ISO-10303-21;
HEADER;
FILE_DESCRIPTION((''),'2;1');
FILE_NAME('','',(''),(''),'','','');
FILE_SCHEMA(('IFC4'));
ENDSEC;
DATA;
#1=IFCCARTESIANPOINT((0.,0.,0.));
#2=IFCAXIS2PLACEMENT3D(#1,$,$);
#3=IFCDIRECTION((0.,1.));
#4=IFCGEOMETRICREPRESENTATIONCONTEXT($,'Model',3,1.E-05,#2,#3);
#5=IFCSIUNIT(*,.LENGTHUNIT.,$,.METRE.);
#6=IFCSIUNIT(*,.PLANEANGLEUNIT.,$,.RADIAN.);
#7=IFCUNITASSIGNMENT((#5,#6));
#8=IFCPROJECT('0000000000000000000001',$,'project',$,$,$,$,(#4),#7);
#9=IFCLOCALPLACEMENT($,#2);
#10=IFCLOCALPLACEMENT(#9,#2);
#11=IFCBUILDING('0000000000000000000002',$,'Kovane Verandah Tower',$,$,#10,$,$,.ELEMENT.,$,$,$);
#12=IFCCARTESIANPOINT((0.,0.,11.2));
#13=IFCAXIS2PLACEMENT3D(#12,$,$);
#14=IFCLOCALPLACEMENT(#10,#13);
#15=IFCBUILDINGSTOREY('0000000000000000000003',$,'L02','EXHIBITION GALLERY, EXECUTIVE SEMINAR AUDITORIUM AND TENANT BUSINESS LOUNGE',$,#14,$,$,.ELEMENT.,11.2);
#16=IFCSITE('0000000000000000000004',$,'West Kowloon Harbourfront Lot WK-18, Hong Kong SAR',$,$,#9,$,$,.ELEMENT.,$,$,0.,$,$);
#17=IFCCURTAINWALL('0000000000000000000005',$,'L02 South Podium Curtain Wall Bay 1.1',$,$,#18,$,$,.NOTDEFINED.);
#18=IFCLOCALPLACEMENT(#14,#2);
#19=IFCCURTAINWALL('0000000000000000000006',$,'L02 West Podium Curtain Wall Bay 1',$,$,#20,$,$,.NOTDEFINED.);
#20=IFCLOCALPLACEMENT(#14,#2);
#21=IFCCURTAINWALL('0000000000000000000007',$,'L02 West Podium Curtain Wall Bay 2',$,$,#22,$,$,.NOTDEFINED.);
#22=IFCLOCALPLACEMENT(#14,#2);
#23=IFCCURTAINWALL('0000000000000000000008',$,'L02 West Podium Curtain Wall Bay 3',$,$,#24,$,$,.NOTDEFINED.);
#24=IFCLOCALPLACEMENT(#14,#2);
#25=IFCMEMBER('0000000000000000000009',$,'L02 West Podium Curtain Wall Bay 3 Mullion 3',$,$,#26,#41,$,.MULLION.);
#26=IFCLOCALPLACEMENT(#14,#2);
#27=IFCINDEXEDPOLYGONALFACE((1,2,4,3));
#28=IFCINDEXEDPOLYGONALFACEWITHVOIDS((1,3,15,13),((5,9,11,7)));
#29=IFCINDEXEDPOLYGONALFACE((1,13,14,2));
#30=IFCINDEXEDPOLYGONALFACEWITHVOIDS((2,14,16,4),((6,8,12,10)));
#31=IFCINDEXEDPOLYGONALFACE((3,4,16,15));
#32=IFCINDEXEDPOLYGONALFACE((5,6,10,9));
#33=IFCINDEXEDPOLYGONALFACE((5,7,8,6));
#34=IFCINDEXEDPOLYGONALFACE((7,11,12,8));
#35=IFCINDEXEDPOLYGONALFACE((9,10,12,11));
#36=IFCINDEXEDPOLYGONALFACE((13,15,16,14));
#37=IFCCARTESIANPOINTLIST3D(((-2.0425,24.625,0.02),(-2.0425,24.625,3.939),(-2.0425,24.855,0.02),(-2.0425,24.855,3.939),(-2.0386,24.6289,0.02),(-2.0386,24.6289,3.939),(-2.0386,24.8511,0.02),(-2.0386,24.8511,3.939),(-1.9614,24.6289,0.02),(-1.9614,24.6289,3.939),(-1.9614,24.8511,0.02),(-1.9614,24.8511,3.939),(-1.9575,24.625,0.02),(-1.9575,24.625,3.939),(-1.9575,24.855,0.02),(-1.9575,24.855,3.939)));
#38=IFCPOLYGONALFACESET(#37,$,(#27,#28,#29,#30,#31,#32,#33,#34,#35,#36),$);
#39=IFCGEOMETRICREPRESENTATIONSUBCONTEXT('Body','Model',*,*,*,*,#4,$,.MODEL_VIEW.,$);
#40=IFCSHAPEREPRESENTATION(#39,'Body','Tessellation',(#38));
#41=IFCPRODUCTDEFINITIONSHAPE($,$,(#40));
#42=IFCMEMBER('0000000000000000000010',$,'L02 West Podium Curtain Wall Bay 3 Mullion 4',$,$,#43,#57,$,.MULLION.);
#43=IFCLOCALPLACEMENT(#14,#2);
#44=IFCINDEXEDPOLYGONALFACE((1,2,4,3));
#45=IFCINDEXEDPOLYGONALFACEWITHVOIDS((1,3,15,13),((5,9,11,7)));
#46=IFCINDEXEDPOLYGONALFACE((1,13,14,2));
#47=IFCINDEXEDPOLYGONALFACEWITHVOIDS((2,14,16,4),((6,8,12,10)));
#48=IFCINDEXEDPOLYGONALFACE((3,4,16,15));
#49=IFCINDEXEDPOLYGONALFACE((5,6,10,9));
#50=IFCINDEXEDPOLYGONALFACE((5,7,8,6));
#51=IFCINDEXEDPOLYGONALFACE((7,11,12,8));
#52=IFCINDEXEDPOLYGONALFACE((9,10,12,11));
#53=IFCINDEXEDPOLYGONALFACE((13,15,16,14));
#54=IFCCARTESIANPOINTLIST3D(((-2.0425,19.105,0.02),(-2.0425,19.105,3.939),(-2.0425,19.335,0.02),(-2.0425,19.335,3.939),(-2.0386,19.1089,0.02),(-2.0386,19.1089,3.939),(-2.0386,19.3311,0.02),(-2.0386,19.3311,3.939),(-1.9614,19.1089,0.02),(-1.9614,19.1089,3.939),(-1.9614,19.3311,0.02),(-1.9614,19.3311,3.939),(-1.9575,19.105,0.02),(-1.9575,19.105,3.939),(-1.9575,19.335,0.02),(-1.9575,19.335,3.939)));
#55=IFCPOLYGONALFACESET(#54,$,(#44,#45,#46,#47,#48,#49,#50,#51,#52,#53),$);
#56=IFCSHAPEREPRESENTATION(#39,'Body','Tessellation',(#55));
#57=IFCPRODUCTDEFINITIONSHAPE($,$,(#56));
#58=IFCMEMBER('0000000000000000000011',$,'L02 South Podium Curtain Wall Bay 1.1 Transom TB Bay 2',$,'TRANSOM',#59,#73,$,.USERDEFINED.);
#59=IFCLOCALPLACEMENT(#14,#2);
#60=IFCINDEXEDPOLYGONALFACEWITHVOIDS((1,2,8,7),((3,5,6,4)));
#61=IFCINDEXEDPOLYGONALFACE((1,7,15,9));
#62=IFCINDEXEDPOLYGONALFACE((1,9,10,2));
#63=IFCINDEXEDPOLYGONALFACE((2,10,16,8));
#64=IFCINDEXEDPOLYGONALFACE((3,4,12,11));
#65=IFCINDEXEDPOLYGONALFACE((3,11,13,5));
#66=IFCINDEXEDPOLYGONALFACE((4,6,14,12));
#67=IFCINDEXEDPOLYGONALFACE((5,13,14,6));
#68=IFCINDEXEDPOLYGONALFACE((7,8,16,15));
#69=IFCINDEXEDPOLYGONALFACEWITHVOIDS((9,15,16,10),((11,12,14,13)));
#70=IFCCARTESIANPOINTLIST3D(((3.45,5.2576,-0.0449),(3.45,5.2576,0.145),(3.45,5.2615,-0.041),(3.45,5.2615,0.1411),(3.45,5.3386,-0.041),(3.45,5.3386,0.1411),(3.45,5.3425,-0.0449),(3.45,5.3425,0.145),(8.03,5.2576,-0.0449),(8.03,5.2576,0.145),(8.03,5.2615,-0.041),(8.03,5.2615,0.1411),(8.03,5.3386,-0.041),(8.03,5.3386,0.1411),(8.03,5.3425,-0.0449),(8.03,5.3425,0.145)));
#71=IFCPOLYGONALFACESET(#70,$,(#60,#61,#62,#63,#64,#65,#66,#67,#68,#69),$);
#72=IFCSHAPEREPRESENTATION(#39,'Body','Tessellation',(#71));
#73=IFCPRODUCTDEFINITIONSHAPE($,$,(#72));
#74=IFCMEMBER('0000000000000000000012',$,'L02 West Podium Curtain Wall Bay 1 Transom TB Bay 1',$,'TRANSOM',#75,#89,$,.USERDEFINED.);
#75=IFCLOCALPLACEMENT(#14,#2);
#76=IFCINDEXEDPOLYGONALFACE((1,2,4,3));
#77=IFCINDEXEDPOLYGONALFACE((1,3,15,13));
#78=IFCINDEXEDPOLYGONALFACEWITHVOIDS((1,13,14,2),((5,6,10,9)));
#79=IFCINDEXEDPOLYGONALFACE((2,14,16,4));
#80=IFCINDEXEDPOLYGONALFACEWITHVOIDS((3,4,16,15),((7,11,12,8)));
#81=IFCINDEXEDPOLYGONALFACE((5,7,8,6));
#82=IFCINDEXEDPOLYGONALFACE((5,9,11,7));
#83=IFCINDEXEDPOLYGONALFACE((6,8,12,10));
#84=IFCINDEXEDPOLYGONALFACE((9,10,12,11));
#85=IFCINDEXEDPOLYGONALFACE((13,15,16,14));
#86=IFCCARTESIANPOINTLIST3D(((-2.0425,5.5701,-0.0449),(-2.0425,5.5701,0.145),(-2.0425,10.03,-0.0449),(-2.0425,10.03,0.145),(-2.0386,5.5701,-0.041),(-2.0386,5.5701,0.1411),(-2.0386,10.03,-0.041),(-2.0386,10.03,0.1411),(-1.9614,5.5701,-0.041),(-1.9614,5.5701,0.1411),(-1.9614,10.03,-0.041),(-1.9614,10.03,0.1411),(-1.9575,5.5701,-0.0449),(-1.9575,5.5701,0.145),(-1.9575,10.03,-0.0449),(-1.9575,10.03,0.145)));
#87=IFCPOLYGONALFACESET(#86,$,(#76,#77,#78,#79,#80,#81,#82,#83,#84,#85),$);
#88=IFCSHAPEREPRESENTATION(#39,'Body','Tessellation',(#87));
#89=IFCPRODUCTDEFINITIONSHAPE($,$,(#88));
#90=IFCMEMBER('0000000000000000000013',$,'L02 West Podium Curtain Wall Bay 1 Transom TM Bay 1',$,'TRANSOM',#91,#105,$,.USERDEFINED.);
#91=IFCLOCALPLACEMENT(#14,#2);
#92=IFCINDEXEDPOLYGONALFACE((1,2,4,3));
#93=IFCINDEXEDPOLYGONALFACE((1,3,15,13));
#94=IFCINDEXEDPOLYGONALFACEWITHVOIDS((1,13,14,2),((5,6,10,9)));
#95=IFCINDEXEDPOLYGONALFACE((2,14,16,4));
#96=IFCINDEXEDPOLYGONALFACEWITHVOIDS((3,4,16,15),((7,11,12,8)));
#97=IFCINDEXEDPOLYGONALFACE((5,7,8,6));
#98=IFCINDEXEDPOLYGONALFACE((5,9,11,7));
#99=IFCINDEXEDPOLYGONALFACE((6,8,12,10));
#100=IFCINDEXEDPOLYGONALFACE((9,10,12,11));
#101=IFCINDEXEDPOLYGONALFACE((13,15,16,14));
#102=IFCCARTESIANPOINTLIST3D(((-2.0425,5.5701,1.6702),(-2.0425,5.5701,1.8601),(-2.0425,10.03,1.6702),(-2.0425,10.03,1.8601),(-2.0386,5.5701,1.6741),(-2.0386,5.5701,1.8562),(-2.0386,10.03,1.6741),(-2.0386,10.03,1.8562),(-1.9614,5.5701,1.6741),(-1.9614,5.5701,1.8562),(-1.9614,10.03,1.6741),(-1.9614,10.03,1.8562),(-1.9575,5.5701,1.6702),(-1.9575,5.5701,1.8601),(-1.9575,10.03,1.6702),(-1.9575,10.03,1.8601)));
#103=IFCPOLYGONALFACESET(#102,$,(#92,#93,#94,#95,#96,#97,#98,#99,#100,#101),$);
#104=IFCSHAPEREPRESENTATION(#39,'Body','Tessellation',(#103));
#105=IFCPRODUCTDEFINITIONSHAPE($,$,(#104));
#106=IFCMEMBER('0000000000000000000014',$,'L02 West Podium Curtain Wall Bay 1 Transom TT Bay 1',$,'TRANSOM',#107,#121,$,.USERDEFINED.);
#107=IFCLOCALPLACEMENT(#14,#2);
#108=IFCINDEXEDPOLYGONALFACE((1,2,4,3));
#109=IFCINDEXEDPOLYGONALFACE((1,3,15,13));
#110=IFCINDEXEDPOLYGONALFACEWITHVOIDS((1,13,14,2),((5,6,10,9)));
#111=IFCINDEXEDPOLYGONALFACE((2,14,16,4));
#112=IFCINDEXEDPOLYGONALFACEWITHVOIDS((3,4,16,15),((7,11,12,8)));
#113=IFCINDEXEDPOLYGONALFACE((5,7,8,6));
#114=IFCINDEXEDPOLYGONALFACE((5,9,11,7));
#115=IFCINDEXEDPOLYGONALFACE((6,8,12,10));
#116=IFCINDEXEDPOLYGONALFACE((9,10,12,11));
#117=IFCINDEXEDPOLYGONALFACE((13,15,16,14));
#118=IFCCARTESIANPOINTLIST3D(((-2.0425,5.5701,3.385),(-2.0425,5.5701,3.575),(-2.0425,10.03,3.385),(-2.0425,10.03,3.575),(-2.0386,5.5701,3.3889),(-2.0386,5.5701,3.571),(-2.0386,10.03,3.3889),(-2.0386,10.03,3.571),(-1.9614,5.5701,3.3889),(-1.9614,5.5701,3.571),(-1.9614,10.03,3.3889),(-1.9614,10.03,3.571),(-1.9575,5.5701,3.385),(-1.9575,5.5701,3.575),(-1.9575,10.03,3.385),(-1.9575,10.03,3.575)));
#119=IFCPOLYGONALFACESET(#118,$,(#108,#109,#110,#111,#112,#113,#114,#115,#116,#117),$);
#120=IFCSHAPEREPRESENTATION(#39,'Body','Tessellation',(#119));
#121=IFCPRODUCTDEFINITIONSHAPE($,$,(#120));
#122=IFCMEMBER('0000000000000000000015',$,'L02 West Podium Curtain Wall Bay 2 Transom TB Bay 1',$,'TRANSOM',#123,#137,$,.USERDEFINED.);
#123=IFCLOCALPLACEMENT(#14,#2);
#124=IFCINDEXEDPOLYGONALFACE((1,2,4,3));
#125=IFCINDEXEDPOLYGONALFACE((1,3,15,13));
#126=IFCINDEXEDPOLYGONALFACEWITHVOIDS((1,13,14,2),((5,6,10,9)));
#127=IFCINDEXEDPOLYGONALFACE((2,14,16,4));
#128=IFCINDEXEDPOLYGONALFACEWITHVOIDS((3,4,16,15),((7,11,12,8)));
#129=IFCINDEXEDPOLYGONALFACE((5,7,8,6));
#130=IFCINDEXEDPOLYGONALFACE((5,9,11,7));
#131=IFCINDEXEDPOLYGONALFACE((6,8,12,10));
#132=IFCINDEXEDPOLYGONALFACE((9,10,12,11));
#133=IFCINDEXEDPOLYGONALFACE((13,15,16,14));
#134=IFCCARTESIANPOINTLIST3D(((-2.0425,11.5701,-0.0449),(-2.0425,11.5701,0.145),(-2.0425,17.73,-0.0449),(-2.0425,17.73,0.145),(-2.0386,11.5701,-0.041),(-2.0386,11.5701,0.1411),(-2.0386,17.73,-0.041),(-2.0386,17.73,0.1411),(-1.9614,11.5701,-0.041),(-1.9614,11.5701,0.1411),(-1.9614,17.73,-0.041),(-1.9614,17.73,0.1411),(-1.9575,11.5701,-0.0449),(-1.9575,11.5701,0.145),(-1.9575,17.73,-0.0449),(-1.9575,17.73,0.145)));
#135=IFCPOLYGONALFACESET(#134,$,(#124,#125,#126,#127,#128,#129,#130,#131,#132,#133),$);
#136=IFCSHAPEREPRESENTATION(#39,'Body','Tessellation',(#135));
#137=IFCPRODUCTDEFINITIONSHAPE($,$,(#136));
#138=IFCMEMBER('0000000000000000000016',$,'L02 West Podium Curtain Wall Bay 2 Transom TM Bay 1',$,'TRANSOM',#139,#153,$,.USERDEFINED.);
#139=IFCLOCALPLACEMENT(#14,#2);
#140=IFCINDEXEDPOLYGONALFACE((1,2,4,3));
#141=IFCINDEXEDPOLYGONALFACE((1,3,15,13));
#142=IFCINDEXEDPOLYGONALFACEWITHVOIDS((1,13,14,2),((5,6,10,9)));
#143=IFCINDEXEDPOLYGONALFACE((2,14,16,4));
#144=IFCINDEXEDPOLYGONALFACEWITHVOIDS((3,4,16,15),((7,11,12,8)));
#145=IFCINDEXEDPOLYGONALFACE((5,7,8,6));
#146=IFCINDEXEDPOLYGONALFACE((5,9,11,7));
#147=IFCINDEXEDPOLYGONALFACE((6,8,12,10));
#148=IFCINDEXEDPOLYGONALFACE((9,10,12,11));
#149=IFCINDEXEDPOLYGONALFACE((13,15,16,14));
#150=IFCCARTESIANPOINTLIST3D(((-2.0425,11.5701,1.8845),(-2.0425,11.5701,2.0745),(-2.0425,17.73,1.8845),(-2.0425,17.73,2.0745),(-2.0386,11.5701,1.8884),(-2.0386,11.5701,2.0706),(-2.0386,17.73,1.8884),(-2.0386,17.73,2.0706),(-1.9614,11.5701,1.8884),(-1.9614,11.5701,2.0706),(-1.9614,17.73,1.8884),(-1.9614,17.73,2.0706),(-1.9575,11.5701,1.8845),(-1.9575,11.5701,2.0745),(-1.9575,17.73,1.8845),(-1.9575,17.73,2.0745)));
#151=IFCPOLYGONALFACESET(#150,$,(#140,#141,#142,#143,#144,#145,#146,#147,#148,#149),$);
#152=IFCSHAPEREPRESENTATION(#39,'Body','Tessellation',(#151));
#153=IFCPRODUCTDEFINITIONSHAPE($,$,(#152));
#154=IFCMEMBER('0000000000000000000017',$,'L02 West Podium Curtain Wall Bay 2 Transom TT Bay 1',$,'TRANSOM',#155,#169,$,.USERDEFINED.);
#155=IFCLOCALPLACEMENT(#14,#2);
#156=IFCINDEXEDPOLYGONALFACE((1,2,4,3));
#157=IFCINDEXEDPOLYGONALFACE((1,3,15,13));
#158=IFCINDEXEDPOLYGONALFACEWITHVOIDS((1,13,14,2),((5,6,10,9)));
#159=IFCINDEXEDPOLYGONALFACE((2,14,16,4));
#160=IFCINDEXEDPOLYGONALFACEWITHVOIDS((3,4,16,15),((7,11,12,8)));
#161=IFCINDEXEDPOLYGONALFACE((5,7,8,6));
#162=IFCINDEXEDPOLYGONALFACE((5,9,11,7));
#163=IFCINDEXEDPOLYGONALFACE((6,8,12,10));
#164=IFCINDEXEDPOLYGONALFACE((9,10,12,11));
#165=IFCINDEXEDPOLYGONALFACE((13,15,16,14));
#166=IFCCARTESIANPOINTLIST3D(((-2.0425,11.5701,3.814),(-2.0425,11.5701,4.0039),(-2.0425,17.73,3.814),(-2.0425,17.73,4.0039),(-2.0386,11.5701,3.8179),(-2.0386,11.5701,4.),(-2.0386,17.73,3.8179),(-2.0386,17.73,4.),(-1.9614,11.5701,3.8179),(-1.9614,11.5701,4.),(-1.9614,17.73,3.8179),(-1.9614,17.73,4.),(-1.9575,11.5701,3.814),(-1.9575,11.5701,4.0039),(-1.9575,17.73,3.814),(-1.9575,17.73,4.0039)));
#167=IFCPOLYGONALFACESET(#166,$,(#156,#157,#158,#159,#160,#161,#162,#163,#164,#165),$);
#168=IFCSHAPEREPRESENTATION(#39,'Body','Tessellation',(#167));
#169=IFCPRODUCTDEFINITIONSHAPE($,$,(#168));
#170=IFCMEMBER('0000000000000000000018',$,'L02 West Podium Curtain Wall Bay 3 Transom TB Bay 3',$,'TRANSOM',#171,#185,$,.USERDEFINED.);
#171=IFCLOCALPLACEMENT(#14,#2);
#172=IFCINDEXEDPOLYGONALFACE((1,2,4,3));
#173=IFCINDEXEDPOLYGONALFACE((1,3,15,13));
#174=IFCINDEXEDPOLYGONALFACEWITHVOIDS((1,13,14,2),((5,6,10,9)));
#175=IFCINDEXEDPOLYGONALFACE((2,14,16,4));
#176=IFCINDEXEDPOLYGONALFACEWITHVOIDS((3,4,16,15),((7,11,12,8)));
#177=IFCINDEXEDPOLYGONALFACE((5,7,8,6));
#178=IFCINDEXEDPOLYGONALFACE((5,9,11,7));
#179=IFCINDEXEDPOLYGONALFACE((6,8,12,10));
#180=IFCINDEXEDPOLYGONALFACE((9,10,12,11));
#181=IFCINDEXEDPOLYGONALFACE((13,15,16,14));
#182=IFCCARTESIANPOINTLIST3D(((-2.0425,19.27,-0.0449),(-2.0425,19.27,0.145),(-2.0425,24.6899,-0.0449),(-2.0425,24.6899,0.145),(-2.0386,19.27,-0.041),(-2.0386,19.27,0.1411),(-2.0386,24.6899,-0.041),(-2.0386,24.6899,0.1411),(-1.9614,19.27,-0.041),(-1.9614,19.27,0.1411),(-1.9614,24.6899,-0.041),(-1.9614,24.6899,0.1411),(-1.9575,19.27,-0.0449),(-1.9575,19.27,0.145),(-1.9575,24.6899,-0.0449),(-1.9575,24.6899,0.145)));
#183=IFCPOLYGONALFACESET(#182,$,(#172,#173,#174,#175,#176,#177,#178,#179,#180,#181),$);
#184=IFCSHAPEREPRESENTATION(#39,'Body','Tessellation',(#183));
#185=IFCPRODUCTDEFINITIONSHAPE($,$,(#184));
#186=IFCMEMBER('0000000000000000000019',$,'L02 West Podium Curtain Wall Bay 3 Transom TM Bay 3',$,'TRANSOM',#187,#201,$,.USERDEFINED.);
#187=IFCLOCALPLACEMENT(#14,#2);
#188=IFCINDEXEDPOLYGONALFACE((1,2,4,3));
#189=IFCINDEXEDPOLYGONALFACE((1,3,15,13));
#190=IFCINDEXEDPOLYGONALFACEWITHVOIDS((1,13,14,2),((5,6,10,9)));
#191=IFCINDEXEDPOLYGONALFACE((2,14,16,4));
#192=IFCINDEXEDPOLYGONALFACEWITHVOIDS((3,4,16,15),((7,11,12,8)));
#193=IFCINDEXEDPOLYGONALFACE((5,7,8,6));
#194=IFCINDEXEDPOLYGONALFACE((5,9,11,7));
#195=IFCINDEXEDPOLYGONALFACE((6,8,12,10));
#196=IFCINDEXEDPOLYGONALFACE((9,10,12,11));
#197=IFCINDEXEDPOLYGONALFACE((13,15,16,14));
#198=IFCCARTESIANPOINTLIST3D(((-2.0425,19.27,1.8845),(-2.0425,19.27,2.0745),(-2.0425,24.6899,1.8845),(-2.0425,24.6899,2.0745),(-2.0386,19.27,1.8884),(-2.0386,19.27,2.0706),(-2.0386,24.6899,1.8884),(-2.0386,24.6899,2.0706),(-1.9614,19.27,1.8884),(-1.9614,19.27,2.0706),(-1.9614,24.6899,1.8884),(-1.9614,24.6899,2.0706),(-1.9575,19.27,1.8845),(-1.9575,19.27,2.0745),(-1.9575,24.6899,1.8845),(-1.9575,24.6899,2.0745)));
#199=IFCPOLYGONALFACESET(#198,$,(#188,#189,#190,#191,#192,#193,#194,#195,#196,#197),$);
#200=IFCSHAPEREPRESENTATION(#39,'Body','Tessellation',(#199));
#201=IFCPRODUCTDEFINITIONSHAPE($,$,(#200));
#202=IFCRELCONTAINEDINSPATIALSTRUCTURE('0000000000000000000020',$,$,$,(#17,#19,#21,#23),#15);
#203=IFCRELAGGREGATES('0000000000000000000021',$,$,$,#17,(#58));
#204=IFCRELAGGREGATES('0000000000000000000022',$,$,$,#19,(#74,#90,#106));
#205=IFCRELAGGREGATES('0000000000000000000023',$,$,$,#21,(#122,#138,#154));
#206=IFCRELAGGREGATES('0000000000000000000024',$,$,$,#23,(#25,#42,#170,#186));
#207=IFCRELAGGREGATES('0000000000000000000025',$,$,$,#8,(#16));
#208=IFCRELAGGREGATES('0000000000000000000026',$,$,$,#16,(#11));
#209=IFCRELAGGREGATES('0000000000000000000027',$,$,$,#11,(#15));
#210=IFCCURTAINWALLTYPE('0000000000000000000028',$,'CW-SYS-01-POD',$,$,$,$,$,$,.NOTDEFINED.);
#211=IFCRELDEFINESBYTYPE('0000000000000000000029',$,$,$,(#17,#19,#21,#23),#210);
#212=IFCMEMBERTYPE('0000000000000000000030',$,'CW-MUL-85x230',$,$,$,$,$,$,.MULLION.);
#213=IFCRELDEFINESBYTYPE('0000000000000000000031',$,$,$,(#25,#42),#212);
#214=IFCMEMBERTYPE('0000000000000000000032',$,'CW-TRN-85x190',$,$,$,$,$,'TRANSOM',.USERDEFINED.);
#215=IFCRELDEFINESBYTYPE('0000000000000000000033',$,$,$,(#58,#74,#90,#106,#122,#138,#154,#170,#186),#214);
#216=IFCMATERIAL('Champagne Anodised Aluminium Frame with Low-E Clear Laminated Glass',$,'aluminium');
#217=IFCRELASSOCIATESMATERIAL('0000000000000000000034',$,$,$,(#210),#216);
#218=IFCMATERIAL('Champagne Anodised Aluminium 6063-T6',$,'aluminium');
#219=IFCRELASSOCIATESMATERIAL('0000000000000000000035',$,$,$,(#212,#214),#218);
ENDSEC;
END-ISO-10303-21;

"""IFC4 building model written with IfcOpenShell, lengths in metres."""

from ifc_helpers import new_model, si_unit, direction, frame, origin, origin_2d, place, context, subcontext, project, spatial, hollow_rectangle, extrude, material, material_profile, profile_set, type_object, element, aggregate, save


model = new_model("IFC4")

# Units and contexts
model_context = context("Model", 3, precision=1e-05, world=origin(), true_north=direction((0.0, 1.0)))
body_context = subcontext(model_context, "Body", "Model", "MODEL_VIEW")
ifc_project = project(units=[si_unit("LENGTHUNIT", "METRE"), si_unit("PLANEANGLEUNIT", "RADIAN")], contexts=[model_context])

# Site, building, storey
site_placement = place(None, origin())
site = spatial("IfcSite", under=ifc_project, at=site_placement, Name="West Kowloon Harbourfront Lot WK-18, Hong Kong SAR", CompositionType="ELEMENT", RefElevation=0.0)
building_placement = place(site_placement, origin())
building = spatial("IfcBuilding", under=site, at=building_placement, Name="Kovane Verandah Tower", CompositionType="ELEMENT")
storey_placement = place(building_placement, frame((0.0, 0.0, 11.2)))
storey = spatial("IfcBuildingStorey", under=building, at=storey_placement, Name="L02", Description="EXHIBITION GALLERY, EXECUTIVE SEMINAR AUDITORIUM AND TENANT BUSINESS LOUNGE", CompositionType="ELEMENT", Elevation=11.2)

# Curtain wall
ifc_material_1 = material(Name="Champagne Anodised Aluminium Frame with Low-E Clear Laminated Glass", Category="aluminium")
curtain_wall_type = type_object("IfcCurtainWallType", Name="CW-SYS-01-POD", PredefinedType="NOTDEFINED", material=ifc_material_1)
curtain_wall_1_placement = place(storey_placement, origin())
curtain_wall_1 = element("IfcCurtainWall", 1, at=curtain_wall_1_placement, inside=storey, type_object=curtain_wall_type, Name="L02 South Podium Curtain Wall Bay 1.1", PredefinedType="NOTDEFINED")
ifc_material_2 = material(Name="Champagne Anodised Aluminium 6063-T6", Category="aluminium")
ifc_material_profile_1 = material_profile(ifc_material_2, hollow_rectangle(XDim=0.085, YDim=0.23, WallThickness=0.0039, at=origin_2d()), Name="AL85x230x4")
ifc_profile_set_1 = profile_set([ifc_material_profile_1], Name="Champagne Anodised Aluminium 6063-T6")
member_type_1 = type_object("IfcMemberType", Name="CW-MUL-85x230", PredefinedType="MULLION", material=ifc_profile_set_1)

# Curtain walls, members
curtain_wall_2_placement = place(storey_placement, origin())
curtain_wall_2 = element("IfcCurtainWall", 2, at=curtain_wall_2_placement, inside=storey, type_object=curtain_wall_type, Name="L02 West Podium Curtain Wall Bay 1", PredefinedType="NOTDEFINED")
curtain_wall_3_placement = place(storey_placement, origin())
curtain_wall_3 = element("IfcCurtainWall", 3, at=curtain_wall_3_placement, inside=storey, type_object=curtain_wall_type, Name="L02 West Podium Curtain Wall Bay 2", PredefinedType="NOTDEFINED")
curtain_wall_4_placement = place(storey_placement, origin())
curtain_wall_4 = element("IfcCurtainWall", 4, at=curtain_wall_4_placement, inside=storey, type_object=curtain_wall_type, Name="L02 West Podium Curtain Wall Bay 3", PredefinedType="NOTDEFINED")
member_1_placement = place(storey_placement, frame((-2.0, 24.74, 0.02), z_axis=(0.0, 0.0, 1.0), x_axis=(-1.0, 0.0, 0.0)))
member_1 = element("IfcMember", 5, at=member_1_placement, type_object=member_type_1, Name="L02 West Podium Curtain Wall Bay 3 Mullion 3", PredefinedType="MULLION", context=body_context, shape_type="SweptSolid", body=[
    extrude(hollow_rectangle(XDim=0.085, YDim=0.23, WallThickness=0.0039, at=origin_2d()), origin(), (0.0, 0.0, 1.0), 3.9189),
])
member_2_placement = place(storey_placement, frame((-2.0, 19.22, 0.02), z_axis=(0.0, 0.0, 1.0), x_axis=(-1.0, 0.0, 0.0)))
member_2 = element("IfcMember", 6, at=member_2_placement, type_object=member_type_1, Name="L02 West Podium Curtain Wall Bay 3 Mullion 4", PredefinedType="MULLION", context=body_context, shape_type="SweptSolid", body=[
    extrude(hollow_rectangle(XDim=0.085, YDim=0.23, WallThickness=0.0039, at=origin_2d()), origin(), (0.0, 0.0, 1.0), 3.9189),
])

# Members
ifc_material_profile_2 = material_profile(ifc_material_2, hollow_rectangle(XDim=0.085, YDim=0.1899, WallThickness=0.0039, at=origin_2d()), Name="AL85x190x4")
ifc_profile_set_2 = profile_set([ifc_material_profile_2], Name="Champagne Anodised Aluminium 6063-T6")
member_type_2 = type_object("IfcMemberType", Name="CW-TRN-85x190", ElementType="TRANSOM", PredefinedType="USERDEFINED", material=ifc_profile_set_2)
member_3_placement = place(storey_placement, frame((3.45, 5.3, 0.05), z_axis=(1.0, 0.0, 0.0), x_axis=(0.0, 1.0, 0.0)))
member_3 = element("IfcMember", 7, at=member_3_placement, type_object=member_type_2, Name="L02 South Podium Curtain Wall Bay 1.1 Transom TB Bay 2", ObjectType="TRANSOM", PredefinedType="USERDEFINED", context=body_context, shape_type="SweptSolid", body=[
    extrude(hollow_rectangle(XDim=0.085, YDim=0.1899, WallThickness=0.0039, at=origin_2d()), origin(), (0.0, 0.0, 1.0), 4.5801),
])
member_4_placement = place(storey_placement, frame((-2.0, 10.03, 0.05), z_axis=(0.0, -1.0, 0.0), x_axis=(1.0, 0.0, 0.0)))
member_4 = element("IfcMember", 8, at=member_4_placement, type_object=member_type_2, Name="L02 West Podium Curtain Wall Bay 1 Transom TB Bay 1", ObjectType="TRANSOM", PredefinedType="USERDEFINED", context=body_context, shape_type="SweptSolid", body=[
    extrude(hollow_rectangle(XDim=0.085, YDim=0.1899, WallThickness=0.0039, at=origin_2d()), origin(), (0.0, 0.0, 1.0), 4.46),
])
member_5_placement = place(storey_placement, frame((-2.0, 10.03, 1.7651), z_axis=(0.0, -1.0, 0.0), x_axis=(1.0, 0.0, 0.0)))
member_5 = element("IfcMember", 9, at=member_5_placement, type_object=member_type_2, Name="L02 West Podium Curtain Wall Bay 1 Transom TM Bay 1", ObjectType="TRANSOM", PredefinedType="USERDEFINED", context=body_context, shape_type="SweptSolid", body=[
    extrude(hollow_rectangle(XDim=0.085, YDim=0.1899, WallThickness=0.0039, at=origin_2d()), origin(), (0.0, 0.0, 1.0), 4.46),
])
member_6_placement = place(storey_placement, frame((-2.0, 10.03, 3.48), z_axis=(0.0, -1.0, 0.0), x_axis=(1.0, 0.0, 0.0)))
member_6 = element("IfcMember", 10, at=member_6_placement, type_object=member_type_2, Name="L02 West Podium Curtain Wall Bay 1 Transom TT Bay 1", ObjectType="TRANSOM", PredefinedType="USERDEFINED", context=body_context, shape_type="SweptSolid", body=[
    extrude(hollow_rectangle(XDim=0.085, YDim=0.1899, WallThickness=0.0039, at=origin_2d()), origin(), (0.0, 0.0, 1.0), 4.46),
])
member_7_placement = place(storey_placement, frame((-2.0, 17.73, 0.05), z_axis=(0.0, -1.0, 0.0), x_axis=(1.0, 0.0, 0.0)))
member_7 = element("IfcMember", 11, at=member_7_placement, type_object=member_type_2, Name="L02 West Podium Curtain Wall Bay 2 Transom TB Bay 1", ObjectType="TRANSOM", PredefinedType="USERDEFINED", context=body_context, shape_type="SweptSolid", body=[
    extrude(hollow_rectangle(XDim=0.085, YDim=0.1899, WallThickness=0.0039, at=origin_2d()), origin(), (0.0, 0.0, 1.0), 6.1599),
])
member_8_placement = place(storey_placement, frame((-2.0, 17.73, 1.9795), z_axis=(0.0, -1.0, 0.0), x_axis=(1.0, 0.0, 0.0)))
member_8 = element("IfcMember", 12, at=member_8_placement, type_object=member_type_2, Name="L02 West Podium Curtain Wall Bay 2 Transom TM Bay 1", ObjectType="TRANSOM", PredefinedType="USERDEFINED", context=body_context, shape_type="SweptSolid", body=[
    extrude(hollow_rectangle(XDim=0.085, YDim=0.1899, WallThickness=0.0039, at=origin_2d()), origin(), (0.0, 0.0, 1.0), 6.1599),
])
member_9_placement = place(storey_placement, frame((-2.0, 17.73, 3.9089), z_axis=(0.0, -1.0, 0.0), x_axis=(1.0, 0.0, 0.0)))
member_9 = element("IfcMember", 13, at=member_9_placement, type_object=member_type_2, Name="L02 West Podium Curtain Wall Bay 2 Transom TT Bay 1", ObjectType="TRANSOM", PredefinedType="USERDEFINED", context=body_context, shape_type="SweptSolid", body=[
    extrude(hollow_rectangle(XDim=0.085, YDim=0.1899, WallThickness=0.0039, at=origin_2d()), origin(), (0.0, 0.0, 1.0), 6.1599),
])
member_10_placement = place(storey_placement, frame((-2.0, 24.6899, 0.05), z_axis=(0.0, -1.0, 0.0), x_axis=(1.0, 0.0, 0.0)))
member_10 = element("IfcMember", 14, at=member_10_placement, type_object=member_type_2, Name="L02 West Podium Curtain Wall Bay 3 Transom TB Bay 3", ObjectType="TRANSOM", PredefinedType="USERDEFINED", context=body_context, shape_type="SweptSolid", body=[
    extrude(hollow_rectangle(XDim=0.085, YDim=0.1899, WallThickness=0.0039, at=origin_2d()), origin(), (0.0, 0.0, 1.0), 5.4199),
])
member_11_placement = place(storey_placement, frame((-2.0, 24.6899, 1.9795), z_axis=(0.0, -1.0, 0.0), x_axis=(1.0, 0.0, 0.0)))
member_11 = element("IfcMember", 15, at=member_11_placement, type_object=member_type_2, Name="L02 West Podium Curtain Wall Bay 3 Transom TM Bay 3", ObjectType="TRANSOM", PredefinedType="USERDEFINED", context=body_context, shape_type="SweptSolid", body=[
    extrude(hollow_rectangle(XDim=0.085, YDim=0.1899, WallThickness=0.0039, at=origin_2d()), origin(), (0.0, 0.0, 1.0), 5.4199),
])

aggregate(curtain_wall_1, [member_3])
aggregate(curtain_wall_2, [member_4, member_5, member_6])
aggregate(curtain_wall_3, [member_7, member_8, member_9])
aggregate(curtain_wall_4, [member_1, member_2, member_10, member_11])

save(model, "model.ifc")
